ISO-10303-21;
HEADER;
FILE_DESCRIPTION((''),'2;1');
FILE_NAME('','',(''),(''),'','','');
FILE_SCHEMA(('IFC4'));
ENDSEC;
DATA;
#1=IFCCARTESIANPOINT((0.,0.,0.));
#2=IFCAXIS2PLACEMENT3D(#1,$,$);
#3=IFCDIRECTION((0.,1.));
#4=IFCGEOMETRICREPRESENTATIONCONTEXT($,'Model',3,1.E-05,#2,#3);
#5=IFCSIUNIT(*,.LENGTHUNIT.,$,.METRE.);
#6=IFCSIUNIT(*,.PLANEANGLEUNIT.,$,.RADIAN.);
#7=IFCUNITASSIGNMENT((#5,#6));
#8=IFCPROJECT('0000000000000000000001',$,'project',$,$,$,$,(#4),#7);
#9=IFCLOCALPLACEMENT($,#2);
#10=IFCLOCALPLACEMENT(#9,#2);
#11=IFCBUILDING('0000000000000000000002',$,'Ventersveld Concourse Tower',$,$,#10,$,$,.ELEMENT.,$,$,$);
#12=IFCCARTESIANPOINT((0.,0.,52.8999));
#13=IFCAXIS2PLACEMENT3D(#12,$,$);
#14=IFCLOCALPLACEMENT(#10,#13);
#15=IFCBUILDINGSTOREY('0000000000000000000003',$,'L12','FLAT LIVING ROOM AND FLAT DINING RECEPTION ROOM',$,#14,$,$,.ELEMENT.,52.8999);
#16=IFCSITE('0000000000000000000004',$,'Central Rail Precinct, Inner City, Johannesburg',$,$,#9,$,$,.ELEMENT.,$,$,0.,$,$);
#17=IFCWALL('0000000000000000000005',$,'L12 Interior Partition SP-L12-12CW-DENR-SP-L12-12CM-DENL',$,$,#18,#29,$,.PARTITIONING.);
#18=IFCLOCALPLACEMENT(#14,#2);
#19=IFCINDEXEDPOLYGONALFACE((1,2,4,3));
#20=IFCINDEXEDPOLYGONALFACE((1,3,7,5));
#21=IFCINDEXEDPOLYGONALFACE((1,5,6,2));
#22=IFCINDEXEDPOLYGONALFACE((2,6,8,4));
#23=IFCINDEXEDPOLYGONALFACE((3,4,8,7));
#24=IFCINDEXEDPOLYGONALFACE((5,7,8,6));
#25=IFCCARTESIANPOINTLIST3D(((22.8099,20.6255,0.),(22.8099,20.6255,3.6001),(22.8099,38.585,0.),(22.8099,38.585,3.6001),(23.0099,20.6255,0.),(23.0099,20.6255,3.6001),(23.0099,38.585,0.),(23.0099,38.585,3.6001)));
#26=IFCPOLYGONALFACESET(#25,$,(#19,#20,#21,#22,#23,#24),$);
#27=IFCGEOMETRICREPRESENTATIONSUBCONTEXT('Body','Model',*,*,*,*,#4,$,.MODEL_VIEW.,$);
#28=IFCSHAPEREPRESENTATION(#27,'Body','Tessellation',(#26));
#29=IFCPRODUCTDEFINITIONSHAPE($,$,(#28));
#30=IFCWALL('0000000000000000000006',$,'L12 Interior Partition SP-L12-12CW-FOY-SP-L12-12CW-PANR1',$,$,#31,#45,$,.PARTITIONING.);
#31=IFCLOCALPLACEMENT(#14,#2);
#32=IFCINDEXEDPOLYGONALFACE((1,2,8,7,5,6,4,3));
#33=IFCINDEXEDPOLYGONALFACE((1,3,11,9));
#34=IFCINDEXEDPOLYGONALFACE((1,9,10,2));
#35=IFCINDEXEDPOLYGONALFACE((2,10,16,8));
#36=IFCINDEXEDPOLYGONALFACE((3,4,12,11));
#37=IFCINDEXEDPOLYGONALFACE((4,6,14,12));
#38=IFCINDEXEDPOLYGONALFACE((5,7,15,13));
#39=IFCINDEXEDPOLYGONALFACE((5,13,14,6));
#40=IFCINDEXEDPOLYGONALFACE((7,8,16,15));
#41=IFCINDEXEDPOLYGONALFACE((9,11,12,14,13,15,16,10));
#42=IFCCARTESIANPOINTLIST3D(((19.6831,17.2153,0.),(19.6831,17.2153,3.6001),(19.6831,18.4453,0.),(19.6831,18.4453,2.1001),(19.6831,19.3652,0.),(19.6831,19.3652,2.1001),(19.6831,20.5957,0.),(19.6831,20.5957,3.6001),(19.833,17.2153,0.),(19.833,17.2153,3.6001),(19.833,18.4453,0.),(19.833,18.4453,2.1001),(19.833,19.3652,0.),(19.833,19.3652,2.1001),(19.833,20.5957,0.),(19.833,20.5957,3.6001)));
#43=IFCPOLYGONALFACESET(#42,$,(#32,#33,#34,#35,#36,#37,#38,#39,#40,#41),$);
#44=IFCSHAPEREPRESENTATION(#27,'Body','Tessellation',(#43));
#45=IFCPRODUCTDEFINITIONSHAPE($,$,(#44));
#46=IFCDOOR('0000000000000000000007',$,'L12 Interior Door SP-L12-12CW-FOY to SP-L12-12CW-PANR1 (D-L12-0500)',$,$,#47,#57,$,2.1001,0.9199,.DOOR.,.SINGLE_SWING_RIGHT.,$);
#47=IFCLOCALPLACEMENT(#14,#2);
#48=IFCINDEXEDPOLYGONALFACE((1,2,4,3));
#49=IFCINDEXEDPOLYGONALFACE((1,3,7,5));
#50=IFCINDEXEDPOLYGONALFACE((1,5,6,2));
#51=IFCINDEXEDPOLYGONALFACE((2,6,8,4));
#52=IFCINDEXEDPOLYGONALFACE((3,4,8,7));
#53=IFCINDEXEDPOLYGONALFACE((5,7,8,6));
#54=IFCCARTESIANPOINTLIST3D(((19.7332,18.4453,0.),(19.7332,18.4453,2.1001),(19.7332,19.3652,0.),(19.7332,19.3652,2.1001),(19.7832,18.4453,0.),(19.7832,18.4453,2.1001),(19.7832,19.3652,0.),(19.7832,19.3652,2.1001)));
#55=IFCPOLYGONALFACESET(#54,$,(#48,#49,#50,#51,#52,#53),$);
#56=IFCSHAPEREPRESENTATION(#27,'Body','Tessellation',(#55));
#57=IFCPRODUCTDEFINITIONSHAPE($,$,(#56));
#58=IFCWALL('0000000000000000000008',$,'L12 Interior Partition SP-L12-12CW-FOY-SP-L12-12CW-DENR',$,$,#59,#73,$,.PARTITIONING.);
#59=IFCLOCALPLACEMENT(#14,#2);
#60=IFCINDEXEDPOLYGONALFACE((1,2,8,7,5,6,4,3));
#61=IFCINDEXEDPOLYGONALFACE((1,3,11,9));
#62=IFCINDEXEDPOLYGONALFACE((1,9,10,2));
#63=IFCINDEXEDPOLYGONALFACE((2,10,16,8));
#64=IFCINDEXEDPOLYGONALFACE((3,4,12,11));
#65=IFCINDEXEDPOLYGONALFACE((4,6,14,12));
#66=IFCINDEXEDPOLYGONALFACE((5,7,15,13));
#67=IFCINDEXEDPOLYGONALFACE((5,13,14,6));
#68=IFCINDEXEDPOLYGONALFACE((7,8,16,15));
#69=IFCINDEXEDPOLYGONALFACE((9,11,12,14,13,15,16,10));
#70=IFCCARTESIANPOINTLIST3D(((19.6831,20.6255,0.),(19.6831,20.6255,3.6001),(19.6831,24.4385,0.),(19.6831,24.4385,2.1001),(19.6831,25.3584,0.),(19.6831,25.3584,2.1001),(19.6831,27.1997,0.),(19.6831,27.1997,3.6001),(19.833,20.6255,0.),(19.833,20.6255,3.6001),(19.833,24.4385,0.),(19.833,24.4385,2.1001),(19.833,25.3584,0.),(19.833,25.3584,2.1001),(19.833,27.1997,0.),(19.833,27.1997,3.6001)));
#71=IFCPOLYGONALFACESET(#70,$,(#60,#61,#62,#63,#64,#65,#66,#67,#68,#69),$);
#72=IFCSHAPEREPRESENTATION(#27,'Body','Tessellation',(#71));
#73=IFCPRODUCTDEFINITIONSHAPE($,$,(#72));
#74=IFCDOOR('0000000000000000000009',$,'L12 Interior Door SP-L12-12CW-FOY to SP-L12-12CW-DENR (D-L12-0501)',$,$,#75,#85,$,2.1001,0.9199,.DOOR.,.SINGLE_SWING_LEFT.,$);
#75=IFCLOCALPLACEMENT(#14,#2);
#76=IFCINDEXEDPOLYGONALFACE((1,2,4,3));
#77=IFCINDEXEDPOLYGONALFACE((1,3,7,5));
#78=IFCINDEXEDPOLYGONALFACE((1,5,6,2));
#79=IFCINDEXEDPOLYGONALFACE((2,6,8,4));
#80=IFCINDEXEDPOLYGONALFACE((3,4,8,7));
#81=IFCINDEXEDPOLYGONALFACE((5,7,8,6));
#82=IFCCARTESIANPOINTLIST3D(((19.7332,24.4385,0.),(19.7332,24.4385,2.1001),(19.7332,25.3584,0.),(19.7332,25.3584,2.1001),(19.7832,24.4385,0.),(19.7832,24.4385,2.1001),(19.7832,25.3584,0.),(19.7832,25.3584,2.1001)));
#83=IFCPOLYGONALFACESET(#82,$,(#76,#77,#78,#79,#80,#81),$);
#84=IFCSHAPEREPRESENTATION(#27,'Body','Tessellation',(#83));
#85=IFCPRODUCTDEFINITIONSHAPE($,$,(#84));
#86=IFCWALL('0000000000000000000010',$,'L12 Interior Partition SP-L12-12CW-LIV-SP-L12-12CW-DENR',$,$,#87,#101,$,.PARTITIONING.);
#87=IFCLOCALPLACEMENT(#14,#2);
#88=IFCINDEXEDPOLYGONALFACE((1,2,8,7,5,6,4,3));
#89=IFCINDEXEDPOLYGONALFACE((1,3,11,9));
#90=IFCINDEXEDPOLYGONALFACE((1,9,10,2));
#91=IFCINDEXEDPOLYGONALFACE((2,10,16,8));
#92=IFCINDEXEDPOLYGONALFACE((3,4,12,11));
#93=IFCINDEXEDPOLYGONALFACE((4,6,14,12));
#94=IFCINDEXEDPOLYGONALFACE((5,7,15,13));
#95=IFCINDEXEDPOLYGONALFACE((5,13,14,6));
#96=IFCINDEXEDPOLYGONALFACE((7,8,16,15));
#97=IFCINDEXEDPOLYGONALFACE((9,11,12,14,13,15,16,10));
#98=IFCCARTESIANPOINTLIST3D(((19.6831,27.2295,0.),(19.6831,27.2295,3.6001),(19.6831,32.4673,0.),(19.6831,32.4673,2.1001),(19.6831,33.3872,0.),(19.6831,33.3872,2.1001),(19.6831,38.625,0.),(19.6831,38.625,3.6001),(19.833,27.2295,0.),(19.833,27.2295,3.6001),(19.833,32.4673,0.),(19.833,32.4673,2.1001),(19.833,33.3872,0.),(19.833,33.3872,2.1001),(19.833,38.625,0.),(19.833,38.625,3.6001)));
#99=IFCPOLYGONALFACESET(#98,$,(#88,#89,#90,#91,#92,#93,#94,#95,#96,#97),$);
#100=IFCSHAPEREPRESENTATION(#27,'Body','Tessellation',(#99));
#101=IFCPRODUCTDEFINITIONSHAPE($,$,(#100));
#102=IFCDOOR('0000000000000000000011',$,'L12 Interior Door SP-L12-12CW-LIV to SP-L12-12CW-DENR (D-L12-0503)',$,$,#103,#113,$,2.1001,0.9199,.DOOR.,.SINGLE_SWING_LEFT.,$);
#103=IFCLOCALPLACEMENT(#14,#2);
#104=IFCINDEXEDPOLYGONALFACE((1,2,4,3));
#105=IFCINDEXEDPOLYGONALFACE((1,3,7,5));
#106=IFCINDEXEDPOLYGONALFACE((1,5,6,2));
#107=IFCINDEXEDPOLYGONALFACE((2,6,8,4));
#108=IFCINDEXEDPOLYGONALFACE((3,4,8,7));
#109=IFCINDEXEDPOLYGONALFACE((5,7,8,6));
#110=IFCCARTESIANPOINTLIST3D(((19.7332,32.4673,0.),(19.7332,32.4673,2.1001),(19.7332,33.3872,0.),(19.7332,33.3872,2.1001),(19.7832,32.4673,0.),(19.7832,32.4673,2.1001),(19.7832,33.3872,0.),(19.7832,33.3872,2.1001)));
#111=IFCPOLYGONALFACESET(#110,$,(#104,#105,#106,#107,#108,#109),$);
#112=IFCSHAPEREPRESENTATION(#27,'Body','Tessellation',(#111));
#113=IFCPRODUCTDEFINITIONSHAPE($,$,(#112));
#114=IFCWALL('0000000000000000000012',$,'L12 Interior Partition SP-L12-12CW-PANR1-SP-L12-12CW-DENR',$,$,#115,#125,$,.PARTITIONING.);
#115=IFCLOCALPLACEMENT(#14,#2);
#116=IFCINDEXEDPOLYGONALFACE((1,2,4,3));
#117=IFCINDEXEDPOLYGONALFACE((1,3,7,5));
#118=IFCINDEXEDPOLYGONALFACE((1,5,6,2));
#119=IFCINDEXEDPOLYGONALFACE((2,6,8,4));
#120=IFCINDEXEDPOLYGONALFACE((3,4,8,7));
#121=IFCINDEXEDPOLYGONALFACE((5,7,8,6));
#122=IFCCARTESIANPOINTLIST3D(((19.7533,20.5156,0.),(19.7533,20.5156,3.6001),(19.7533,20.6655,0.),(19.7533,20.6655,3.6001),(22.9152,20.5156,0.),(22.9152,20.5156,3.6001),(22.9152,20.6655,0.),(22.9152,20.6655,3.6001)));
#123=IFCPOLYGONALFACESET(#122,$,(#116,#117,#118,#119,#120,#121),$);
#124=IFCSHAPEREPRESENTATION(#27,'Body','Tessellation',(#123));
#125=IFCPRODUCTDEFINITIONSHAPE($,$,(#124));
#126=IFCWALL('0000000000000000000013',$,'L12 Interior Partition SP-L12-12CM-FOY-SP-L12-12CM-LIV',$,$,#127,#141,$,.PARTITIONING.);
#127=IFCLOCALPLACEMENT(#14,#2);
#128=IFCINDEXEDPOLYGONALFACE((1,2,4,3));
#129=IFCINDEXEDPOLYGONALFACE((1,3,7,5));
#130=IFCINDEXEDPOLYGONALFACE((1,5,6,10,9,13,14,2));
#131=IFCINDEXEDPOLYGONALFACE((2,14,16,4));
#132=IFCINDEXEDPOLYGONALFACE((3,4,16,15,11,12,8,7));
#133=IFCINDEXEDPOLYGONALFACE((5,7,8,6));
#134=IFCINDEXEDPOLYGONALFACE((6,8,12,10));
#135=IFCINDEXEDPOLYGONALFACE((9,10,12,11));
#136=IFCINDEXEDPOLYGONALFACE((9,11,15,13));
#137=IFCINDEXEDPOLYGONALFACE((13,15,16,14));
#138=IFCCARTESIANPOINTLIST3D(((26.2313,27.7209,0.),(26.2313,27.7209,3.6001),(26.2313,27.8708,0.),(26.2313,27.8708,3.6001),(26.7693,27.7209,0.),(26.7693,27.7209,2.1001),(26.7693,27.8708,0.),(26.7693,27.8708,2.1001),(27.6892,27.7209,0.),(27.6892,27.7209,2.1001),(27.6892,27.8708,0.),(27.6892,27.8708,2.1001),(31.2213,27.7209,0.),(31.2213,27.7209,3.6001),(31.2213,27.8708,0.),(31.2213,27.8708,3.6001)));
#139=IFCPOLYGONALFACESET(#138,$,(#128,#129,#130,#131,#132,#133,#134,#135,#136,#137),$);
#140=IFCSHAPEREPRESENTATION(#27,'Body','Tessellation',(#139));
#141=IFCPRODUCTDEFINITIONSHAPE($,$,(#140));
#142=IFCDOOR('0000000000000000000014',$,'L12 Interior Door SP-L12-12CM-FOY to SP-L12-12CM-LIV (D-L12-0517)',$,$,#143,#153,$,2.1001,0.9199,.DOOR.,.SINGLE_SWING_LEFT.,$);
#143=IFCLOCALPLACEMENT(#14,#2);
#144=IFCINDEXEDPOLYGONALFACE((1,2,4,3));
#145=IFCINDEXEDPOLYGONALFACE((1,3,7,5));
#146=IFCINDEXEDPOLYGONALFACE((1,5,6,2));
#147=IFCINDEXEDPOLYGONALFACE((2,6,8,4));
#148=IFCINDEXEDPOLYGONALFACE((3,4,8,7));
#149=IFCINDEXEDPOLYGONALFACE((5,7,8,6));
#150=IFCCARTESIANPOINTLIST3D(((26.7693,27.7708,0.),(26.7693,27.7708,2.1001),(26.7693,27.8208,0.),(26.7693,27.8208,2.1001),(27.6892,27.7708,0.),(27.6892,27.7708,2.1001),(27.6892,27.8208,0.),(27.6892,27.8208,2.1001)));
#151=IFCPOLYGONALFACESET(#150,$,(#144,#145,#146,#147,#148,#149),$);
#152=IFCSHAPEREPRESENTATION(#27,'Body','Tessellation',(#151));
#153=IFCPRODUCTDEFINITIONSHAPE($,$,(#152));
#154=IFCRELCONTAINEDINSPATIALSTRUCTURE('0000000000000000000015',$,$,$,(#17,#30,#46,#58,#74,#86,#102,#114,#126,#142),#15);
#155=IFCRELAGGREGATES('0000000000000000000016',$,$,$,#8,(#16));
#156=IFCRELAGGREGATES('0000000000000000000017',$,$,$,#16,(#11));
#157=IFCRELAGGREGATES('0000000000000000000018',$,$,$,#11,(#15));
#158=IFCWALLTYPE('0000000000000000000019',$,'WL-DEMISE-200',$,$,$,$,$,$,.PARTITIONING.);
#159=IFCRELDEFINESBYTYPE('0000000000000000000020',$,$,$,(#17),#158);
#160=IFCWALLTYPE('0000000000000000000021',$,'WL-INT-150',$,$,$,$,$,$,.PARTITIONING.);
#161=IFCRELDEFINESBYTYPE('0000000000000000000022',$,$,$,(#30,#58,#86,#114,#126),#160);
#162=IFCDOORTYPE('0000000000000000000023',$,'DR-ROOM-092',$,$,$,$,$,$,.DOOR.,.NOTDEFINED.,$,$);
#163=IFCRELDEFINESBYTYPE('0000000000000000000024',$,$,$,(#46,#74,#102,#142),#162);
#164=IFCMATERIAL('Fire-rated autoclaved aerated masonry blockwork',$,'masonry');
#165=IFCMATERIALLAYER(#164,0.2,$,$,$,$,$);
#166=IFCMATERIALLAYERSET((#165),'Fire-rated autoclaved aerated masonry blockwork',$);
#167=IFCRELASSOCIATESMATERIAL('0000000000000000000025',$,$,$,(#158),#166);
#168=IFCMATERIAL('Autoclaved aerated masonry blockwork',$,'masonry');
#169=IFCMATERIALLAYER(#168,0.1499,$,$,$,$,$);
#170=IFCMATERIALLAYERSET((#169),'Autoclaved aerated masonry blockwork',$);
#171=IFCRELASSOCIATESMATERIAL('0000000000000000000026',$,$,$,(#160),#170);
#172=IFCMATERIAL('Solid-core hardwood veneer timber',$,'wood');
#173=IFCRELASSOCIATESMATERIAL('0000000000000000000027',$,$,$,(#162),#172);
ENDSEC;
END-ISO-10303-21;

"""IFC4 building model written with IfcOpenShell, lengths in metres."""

from ifc_helpers import new_model, si_unit, direction, frame, frame_2d, origin, place, context, subcontext, project, spatial, rectangle, extrude, material, layer, layer_set, type_object, element, fill, save


model = new_model("IFC4")

# Units and contexts
model_context = context("Model", 3, precision=1e-05, world=origin(), true_north=direction((0.0, 1.0)))
body_context = subcontext(model_context, "Body", "Model", "MODEL_VIEW")
ifc_project = project(units=[si_unit("LENGTHUNIT", "METRE"), si_unit("PLANEANGLEUNIT", "RADIAN")], contexts=[model_context])

# Site, building, storey
site_placement = place(None, origin())
site = spatial("IfcSite", under=ifc_project, at=site_placement, Name="Central Rail Precinct, Inner City, Johannesburg", CompositionType="ELEMENT", RefElevation=0.0)
building_placement = place(site_placement, origin())
building = spatial("IfcBuilding", under=site, at=building_placement, Name="Ventersveld Concourse Tower", CompositionType="ELEMENT")
storey_placement = place(building_placement, frame((0.0, 0.0, 52.8999)))
storey = spatial("IfcBuildingStorey", under=building, at=storey_placement, Name="L12", Description="FLAT LIVING ROOM AND FLAT DINING RECEPTION ROOM", CompositionType="ELEMENT", Elevation=52.8999)

# Shared definitions
ifc_material_1 = material(Name="Fire-rated autoclaved aerated masonry blockwork", Category="masonry")

# Shared definitions
ifc_material_2 = material(Name="Solid-core hardwood veneer timber", Category="wood")

# Wall
ifc_layer_1 = layer(ifc_material_1, 0.2)
ifc_layer_set_1 = layer_set([ifc_layer_1], Name="Fire-rated autoclaved aerated masonry blockwork")
wall_type_1 = type_object("IfcWallType", Name="WL-DEMISE-200", PredefinedType="PARTITIONING", material=ifc_layer_set_1)
wall_1_placement = place(storey_placement, frame((22.9099, 20.6255, 0.0), z_axis=(0.0, 0.0, 1.0), x_axis=(0.0, 1.0, 0.0)))
element("IfcWall", 1, at=wall_1_placement, inside=storey, type_object=wall_type_1, Name="L12 Interior Partition SP-L12-12CW-DENR-SP-L12-12CM-DENL", PredefinedType="PARTITIONING", context=body_context, shape_type="SweptSolid", body=[
    extrude(rectangle(XDim=17.9595, YDim=0.2, at=frame_2d((8.9797, 0.0))), origin(), (0.0, 0.0, 1.0), 3.6001),
])

# Walls, openings, doors
ifc_material_3 = material(Name="Autoclaved aerated masonry blockwork", Category="masonry")
ifc_layer_2 = layer(ifc_material_3, 0.1499)
ifc_layer_set_2 = layer_set([ifc_layer_2], Name="Autoclaved aerated masonry blockwork")
wall_type_2 = type_object("IfcWallType", Name="WL-INT-150", PredefinedType="PARTITIONING", material=ifc_layer_set_2)
wall_2_placement = place(storey_placement, frame((19.7581, 17.2153, 0.0), z_axis=(0.0, 0.0, 1.0), x_axis=(0.0, 1.0, 0.0)))
wall_2 = element("IfcWall", 2, at=wall_2_placement, inside=storey, type_object=wall_type_2, Name="L12 Interior Partition SP-L12-12CW-FOY-SP-L12-12CW-PANR1", PredefinedType="PARTITIONING", context=body_context, shape_type="SweptSolid", body=[
    extrude(rectangle(XDim=3.3804, YDim=0.1499, at=frame_2d((1.6902, 0.0))), origin(), (0.0, 0.0, 1.0), 3.6001),
])
opening_1_placement = place(wall_2_placement, frame((1.23, 0.0, 0.0)))
opening_1 = element("IfcOpeningElement", 3, at=opening_1_placement, cuts=wall_2, PredefinedType="OPENING", context=body_context, shape_type="SweptSolid", body=[
    extrude(rectangle(XDim=0.9199, YDim=2.1001, at=frame_2d((0.46, 1.05))), frame((0.0, 0.085, 0.0), z_axis=(0.0, -1.0, 0.0), x_axis=(1.0, 0.0, 0.0)), (0.0, 0.0, 1.0), 0.1699),
])
door_type_1 = type_object("IfcDoorType", Name="DR-ROOM-092", OperationType="NOTDEFINED", PredefinedType="DOOR", material=ifc_material_2)
door_1_placement = place(opening_1_placement, origin())
door_1 = element("IfcDoor", 4, at=door_1_placement, inside=storey, type_object=door_type_1, Name="L12 Interior Door SP-L12-12CW-FOY to SP-L12-12CW-PANR1 (D-L12-0500)", OperationType="SINGLE_SWING_RIGHT", OverallHeight=2.1001, OverallWidth=0.9199, PredefinedType="DOOR", context=body_context, shape_type="SweptSolid", body=[
    extrude(rectangle(XDim=0.9199, YDim=2.1001, at=frame_2d((0.46, 1.05))), frame((0.0, 0.0249, 0.0), z_axis=(0.0, -1.0, 0.0), x_axis=(1.0, 0.0, 0.0)), (0.0, 0.0, 1.0), 0.05),
])
fill(opening_1, door_1)
wall_3_placement = place(storey_placement, frame((19.7581, 20.6255, 0.0), z_axis=(0.0, 0.0, 1.0), x_axis=(0.0, 1.0, 0.0)))
wall_3 = element("IfcWall", 5, at=wall_3_placement, inside=storey, type_object=wall_type_2, Name="L12 Interior Partition SP-L12-12CW-FOY-SP-L12-12CW-DENR", PredefinedType="PARTITIONING", context=body_context, shape_type="SweptSolid", body=[
    extrude(rectangle(XDim=6.5742, YDim=0.1499, at=frame_2d((3.2871, 0.0))), origin(), (0.0, 0.0, 1.0), 3.6001),
])
opening_2_placement = place(wall_3_placement, frame((3.813, 0.0, 0.0)))
opening_2 = element("IfcOpeningElement", 6, at=opening_2_placement, cuts=wall_3, PredefinedType="OPENING", context=body_context, shape_type="SweptSolid", body=[
    extrude(rectangle(XDim=0.9199, YDim=2.1001, at=frame_2d((0.46, 1.05))), frame((0.0, 0.085, 0.0), z_axis=(0.0, -1.0, 0.0), x_axis=(1.0, 0.0, 0.0)), (0.0, 0.0, 1.0), 0.1699),
])
door_2_placement = place(opening_2_placement, origin())
door_2 = element("IfcDoor", 7, at=door_2_placement, inside=storey, type_object=door_type_1, Name="L12 Interior Door SP-L12-12CW-FOY to SP-L12-12CW-DENR (D-L12-0501)", OperationType="SINGLE_SWING_LEFT", OverallHeight=2.1001, OverallWidth=0.9199, PredefinedType="DOOR", context=body_context, shape_type="SweptSolid", body=[
    extrude(rectangle(XDim=0.9199, YDim=2.1001, at=frame_2d((0.46, 1.05))), frame((0.0, 0.0249, 0.0), z_axis=(0.0, -1.0, 0.0), x_axis=(1.0, 0.0, 0.0)), (0.0, 0.0, 1.0), 0.05),
])
fill(opening_2, door_2)
wall_4_placement = place(storey_placement, frame((19.7581, 27.2295, 0.0), z_axis=(0.0, 0.0, 1.0), x_axis=(0.0, 1.0, 0.0)))
wall_4 = element("IfcWall", 8, at=wall_4_placement, inside=storey, type_object=wall_type_2, Name="L12 Interior Partition SP-L12-12CW-LIV-SP-L12-12CW-DENR", PredefinedType="PARTITIONING", context=body_context, shape_type="SweptSolid", body=[
    extrude(rectangle(XDim=11.3955, YDim=0.1499, at=frame_2d((5.6978, 0.0))), origin(), (0.0, 0.0, 1.0), 3.6001),
])
opening_3_placement = place(wall_4_placement, frame((5.2378, 0.0, 0.0)))
opening_3 = element("IfcOpeningElement", 9, at=opening_3_placement, cuts=wall_4, PredefinedType="OPENING", context=body_context, shape_type="SweptSolid", body=[
    extrude(rectangle(XDim=0.9199, YDim=2.1001, at=frame_2d((0.46, 1.05))), frame((0.0, 0.085, 0.0), z_axis=(0.0, -1.0, 0.0), x_axis=(1.0, 0.0, 0.0)), (0.0, 0.0, 1.0), 0.1699),
])
door_3_placement = place(opening_3_placement, origin())
door_3 = element("IfcDoor", 10, at=door_3_placement, inside=storey, type_object=door_type_1, Name="L12 Interior Door SP-L12-12CW-LIV to SP-L12-12CW-DENR (D-L12-0503)", OperationType="SINGLE_SWING_LEFT", OverallHeight=2.1001, OverallWidth=0.9199, PredefinedType="DOOR", context=body_context, shape_type="SweptSolid", body=[
    extrude(rectangle(XDim=0.9199, YDim=2.1001, at=frame_2d((0.46, 1.05))), frame((0.0, 0.0249, 0.0), z_axis=(0.0, -1.0, 0.0), x_axis=(1.0, 0.0, 0.0)), (0.0, 0.0, 1.0), 0.05),
])
fill(opening_3, door_3)

# Wall
wall_5_placement = place(storey_placement, frame((19.7532, 20.5906, 0.0), z_axis=(0.0, 0.0, 1.0), x_axis=(1.0, 0.0, 0.0)))
element("IfcWall", 11, at=wall_5_placement, inside=storey, type_object=wall_type_2, Name="L12 Interior Partition SP-L12-12CW-PANR1-SP-L12-12CW-DENR", PredefinedType="PARTITIONING", context=body_context, shape_type="SweptSolid", body=[
    extrude(rectangle(XDim=3.1619, YDim=0.1499, at=frame_2d((1.5811, 0.0))), origin(), (0.0, 0.0, 1.0), 3.6001),
])

# Wall, opening, door
wall_6_placement = place(storey_placement, frame((26.2312, 27.7959, 0.0), z_axis=(0.0, 0.0, 1.0), x_axis=(1.0, 0.0, 0.0)))
wall_6 = element("IfcWall", 12, at=wall_6_placement, inside=storey, type_object=wall_type_2, Name="L12 Interior Partition SP-L12-12CM-FOY-SP-L12-12CM-LIV", PredefinedType="PARTITIONING", context=body_context, shape_type="SweptSolid", body=[
    extrude(rectangle(XDim=4.99, YDim=0.1499, at=frame_2d((2.4951, 0.0))), origin(), (0.0, 0.0, 1.0), 3.6001),
])
opening_4_placement = place(wall_6_placement, frame((0.5381, 0.0, 0.0)))
opening_4 = element("IfcOpeningElement", 13, at=opening_4_placement, cuts=wall_6, PredefinedType="OPENING", context=body_context, shape_type="SweptSolid", body=[
    extrude(rectangle(XDim=0.9199, YDim=2.1001, at=frame_2d((0.46, 1.05))), frame((0.0, 0.085, 0.0), z_axis=(0.0, -1.0, 0.0), x_axis=(1.0, 0.0, 0.0)), (0.0, 0.0, 1.0), 0.1699),
])
door_4_placement = place(opening_4_placement, origin())
door_4 = element("IfcDoor", 14, at=door_4_placement, inside=storey, type_object=door_type_1, Name="L12 Interior Door SP-L12-12CM-FOY to SP-L12-12CM-LIV (D-L12-0517)", OperationType="SINGLE_SWING_LEFT", OverallHeight=2.1001, OverallWidth=0.9199, PredefinedType="DOOR", context=body_context, shape_type="SweptSolid", body=[
    extrude(rectangle(XDim=0.9199, YDim=2.1001, at=frame_2d((0.46, 1.05))), frame((0.0, 0.0249, 0.0), z_axis=(0.0, -1.0, 0.0), x_axis=(1.0, 0.0, 0.0)), (0.0, 0.0, 1.0), 0.05),
])
fill(opening_4, door_4)

save(model, "model.ifc")
